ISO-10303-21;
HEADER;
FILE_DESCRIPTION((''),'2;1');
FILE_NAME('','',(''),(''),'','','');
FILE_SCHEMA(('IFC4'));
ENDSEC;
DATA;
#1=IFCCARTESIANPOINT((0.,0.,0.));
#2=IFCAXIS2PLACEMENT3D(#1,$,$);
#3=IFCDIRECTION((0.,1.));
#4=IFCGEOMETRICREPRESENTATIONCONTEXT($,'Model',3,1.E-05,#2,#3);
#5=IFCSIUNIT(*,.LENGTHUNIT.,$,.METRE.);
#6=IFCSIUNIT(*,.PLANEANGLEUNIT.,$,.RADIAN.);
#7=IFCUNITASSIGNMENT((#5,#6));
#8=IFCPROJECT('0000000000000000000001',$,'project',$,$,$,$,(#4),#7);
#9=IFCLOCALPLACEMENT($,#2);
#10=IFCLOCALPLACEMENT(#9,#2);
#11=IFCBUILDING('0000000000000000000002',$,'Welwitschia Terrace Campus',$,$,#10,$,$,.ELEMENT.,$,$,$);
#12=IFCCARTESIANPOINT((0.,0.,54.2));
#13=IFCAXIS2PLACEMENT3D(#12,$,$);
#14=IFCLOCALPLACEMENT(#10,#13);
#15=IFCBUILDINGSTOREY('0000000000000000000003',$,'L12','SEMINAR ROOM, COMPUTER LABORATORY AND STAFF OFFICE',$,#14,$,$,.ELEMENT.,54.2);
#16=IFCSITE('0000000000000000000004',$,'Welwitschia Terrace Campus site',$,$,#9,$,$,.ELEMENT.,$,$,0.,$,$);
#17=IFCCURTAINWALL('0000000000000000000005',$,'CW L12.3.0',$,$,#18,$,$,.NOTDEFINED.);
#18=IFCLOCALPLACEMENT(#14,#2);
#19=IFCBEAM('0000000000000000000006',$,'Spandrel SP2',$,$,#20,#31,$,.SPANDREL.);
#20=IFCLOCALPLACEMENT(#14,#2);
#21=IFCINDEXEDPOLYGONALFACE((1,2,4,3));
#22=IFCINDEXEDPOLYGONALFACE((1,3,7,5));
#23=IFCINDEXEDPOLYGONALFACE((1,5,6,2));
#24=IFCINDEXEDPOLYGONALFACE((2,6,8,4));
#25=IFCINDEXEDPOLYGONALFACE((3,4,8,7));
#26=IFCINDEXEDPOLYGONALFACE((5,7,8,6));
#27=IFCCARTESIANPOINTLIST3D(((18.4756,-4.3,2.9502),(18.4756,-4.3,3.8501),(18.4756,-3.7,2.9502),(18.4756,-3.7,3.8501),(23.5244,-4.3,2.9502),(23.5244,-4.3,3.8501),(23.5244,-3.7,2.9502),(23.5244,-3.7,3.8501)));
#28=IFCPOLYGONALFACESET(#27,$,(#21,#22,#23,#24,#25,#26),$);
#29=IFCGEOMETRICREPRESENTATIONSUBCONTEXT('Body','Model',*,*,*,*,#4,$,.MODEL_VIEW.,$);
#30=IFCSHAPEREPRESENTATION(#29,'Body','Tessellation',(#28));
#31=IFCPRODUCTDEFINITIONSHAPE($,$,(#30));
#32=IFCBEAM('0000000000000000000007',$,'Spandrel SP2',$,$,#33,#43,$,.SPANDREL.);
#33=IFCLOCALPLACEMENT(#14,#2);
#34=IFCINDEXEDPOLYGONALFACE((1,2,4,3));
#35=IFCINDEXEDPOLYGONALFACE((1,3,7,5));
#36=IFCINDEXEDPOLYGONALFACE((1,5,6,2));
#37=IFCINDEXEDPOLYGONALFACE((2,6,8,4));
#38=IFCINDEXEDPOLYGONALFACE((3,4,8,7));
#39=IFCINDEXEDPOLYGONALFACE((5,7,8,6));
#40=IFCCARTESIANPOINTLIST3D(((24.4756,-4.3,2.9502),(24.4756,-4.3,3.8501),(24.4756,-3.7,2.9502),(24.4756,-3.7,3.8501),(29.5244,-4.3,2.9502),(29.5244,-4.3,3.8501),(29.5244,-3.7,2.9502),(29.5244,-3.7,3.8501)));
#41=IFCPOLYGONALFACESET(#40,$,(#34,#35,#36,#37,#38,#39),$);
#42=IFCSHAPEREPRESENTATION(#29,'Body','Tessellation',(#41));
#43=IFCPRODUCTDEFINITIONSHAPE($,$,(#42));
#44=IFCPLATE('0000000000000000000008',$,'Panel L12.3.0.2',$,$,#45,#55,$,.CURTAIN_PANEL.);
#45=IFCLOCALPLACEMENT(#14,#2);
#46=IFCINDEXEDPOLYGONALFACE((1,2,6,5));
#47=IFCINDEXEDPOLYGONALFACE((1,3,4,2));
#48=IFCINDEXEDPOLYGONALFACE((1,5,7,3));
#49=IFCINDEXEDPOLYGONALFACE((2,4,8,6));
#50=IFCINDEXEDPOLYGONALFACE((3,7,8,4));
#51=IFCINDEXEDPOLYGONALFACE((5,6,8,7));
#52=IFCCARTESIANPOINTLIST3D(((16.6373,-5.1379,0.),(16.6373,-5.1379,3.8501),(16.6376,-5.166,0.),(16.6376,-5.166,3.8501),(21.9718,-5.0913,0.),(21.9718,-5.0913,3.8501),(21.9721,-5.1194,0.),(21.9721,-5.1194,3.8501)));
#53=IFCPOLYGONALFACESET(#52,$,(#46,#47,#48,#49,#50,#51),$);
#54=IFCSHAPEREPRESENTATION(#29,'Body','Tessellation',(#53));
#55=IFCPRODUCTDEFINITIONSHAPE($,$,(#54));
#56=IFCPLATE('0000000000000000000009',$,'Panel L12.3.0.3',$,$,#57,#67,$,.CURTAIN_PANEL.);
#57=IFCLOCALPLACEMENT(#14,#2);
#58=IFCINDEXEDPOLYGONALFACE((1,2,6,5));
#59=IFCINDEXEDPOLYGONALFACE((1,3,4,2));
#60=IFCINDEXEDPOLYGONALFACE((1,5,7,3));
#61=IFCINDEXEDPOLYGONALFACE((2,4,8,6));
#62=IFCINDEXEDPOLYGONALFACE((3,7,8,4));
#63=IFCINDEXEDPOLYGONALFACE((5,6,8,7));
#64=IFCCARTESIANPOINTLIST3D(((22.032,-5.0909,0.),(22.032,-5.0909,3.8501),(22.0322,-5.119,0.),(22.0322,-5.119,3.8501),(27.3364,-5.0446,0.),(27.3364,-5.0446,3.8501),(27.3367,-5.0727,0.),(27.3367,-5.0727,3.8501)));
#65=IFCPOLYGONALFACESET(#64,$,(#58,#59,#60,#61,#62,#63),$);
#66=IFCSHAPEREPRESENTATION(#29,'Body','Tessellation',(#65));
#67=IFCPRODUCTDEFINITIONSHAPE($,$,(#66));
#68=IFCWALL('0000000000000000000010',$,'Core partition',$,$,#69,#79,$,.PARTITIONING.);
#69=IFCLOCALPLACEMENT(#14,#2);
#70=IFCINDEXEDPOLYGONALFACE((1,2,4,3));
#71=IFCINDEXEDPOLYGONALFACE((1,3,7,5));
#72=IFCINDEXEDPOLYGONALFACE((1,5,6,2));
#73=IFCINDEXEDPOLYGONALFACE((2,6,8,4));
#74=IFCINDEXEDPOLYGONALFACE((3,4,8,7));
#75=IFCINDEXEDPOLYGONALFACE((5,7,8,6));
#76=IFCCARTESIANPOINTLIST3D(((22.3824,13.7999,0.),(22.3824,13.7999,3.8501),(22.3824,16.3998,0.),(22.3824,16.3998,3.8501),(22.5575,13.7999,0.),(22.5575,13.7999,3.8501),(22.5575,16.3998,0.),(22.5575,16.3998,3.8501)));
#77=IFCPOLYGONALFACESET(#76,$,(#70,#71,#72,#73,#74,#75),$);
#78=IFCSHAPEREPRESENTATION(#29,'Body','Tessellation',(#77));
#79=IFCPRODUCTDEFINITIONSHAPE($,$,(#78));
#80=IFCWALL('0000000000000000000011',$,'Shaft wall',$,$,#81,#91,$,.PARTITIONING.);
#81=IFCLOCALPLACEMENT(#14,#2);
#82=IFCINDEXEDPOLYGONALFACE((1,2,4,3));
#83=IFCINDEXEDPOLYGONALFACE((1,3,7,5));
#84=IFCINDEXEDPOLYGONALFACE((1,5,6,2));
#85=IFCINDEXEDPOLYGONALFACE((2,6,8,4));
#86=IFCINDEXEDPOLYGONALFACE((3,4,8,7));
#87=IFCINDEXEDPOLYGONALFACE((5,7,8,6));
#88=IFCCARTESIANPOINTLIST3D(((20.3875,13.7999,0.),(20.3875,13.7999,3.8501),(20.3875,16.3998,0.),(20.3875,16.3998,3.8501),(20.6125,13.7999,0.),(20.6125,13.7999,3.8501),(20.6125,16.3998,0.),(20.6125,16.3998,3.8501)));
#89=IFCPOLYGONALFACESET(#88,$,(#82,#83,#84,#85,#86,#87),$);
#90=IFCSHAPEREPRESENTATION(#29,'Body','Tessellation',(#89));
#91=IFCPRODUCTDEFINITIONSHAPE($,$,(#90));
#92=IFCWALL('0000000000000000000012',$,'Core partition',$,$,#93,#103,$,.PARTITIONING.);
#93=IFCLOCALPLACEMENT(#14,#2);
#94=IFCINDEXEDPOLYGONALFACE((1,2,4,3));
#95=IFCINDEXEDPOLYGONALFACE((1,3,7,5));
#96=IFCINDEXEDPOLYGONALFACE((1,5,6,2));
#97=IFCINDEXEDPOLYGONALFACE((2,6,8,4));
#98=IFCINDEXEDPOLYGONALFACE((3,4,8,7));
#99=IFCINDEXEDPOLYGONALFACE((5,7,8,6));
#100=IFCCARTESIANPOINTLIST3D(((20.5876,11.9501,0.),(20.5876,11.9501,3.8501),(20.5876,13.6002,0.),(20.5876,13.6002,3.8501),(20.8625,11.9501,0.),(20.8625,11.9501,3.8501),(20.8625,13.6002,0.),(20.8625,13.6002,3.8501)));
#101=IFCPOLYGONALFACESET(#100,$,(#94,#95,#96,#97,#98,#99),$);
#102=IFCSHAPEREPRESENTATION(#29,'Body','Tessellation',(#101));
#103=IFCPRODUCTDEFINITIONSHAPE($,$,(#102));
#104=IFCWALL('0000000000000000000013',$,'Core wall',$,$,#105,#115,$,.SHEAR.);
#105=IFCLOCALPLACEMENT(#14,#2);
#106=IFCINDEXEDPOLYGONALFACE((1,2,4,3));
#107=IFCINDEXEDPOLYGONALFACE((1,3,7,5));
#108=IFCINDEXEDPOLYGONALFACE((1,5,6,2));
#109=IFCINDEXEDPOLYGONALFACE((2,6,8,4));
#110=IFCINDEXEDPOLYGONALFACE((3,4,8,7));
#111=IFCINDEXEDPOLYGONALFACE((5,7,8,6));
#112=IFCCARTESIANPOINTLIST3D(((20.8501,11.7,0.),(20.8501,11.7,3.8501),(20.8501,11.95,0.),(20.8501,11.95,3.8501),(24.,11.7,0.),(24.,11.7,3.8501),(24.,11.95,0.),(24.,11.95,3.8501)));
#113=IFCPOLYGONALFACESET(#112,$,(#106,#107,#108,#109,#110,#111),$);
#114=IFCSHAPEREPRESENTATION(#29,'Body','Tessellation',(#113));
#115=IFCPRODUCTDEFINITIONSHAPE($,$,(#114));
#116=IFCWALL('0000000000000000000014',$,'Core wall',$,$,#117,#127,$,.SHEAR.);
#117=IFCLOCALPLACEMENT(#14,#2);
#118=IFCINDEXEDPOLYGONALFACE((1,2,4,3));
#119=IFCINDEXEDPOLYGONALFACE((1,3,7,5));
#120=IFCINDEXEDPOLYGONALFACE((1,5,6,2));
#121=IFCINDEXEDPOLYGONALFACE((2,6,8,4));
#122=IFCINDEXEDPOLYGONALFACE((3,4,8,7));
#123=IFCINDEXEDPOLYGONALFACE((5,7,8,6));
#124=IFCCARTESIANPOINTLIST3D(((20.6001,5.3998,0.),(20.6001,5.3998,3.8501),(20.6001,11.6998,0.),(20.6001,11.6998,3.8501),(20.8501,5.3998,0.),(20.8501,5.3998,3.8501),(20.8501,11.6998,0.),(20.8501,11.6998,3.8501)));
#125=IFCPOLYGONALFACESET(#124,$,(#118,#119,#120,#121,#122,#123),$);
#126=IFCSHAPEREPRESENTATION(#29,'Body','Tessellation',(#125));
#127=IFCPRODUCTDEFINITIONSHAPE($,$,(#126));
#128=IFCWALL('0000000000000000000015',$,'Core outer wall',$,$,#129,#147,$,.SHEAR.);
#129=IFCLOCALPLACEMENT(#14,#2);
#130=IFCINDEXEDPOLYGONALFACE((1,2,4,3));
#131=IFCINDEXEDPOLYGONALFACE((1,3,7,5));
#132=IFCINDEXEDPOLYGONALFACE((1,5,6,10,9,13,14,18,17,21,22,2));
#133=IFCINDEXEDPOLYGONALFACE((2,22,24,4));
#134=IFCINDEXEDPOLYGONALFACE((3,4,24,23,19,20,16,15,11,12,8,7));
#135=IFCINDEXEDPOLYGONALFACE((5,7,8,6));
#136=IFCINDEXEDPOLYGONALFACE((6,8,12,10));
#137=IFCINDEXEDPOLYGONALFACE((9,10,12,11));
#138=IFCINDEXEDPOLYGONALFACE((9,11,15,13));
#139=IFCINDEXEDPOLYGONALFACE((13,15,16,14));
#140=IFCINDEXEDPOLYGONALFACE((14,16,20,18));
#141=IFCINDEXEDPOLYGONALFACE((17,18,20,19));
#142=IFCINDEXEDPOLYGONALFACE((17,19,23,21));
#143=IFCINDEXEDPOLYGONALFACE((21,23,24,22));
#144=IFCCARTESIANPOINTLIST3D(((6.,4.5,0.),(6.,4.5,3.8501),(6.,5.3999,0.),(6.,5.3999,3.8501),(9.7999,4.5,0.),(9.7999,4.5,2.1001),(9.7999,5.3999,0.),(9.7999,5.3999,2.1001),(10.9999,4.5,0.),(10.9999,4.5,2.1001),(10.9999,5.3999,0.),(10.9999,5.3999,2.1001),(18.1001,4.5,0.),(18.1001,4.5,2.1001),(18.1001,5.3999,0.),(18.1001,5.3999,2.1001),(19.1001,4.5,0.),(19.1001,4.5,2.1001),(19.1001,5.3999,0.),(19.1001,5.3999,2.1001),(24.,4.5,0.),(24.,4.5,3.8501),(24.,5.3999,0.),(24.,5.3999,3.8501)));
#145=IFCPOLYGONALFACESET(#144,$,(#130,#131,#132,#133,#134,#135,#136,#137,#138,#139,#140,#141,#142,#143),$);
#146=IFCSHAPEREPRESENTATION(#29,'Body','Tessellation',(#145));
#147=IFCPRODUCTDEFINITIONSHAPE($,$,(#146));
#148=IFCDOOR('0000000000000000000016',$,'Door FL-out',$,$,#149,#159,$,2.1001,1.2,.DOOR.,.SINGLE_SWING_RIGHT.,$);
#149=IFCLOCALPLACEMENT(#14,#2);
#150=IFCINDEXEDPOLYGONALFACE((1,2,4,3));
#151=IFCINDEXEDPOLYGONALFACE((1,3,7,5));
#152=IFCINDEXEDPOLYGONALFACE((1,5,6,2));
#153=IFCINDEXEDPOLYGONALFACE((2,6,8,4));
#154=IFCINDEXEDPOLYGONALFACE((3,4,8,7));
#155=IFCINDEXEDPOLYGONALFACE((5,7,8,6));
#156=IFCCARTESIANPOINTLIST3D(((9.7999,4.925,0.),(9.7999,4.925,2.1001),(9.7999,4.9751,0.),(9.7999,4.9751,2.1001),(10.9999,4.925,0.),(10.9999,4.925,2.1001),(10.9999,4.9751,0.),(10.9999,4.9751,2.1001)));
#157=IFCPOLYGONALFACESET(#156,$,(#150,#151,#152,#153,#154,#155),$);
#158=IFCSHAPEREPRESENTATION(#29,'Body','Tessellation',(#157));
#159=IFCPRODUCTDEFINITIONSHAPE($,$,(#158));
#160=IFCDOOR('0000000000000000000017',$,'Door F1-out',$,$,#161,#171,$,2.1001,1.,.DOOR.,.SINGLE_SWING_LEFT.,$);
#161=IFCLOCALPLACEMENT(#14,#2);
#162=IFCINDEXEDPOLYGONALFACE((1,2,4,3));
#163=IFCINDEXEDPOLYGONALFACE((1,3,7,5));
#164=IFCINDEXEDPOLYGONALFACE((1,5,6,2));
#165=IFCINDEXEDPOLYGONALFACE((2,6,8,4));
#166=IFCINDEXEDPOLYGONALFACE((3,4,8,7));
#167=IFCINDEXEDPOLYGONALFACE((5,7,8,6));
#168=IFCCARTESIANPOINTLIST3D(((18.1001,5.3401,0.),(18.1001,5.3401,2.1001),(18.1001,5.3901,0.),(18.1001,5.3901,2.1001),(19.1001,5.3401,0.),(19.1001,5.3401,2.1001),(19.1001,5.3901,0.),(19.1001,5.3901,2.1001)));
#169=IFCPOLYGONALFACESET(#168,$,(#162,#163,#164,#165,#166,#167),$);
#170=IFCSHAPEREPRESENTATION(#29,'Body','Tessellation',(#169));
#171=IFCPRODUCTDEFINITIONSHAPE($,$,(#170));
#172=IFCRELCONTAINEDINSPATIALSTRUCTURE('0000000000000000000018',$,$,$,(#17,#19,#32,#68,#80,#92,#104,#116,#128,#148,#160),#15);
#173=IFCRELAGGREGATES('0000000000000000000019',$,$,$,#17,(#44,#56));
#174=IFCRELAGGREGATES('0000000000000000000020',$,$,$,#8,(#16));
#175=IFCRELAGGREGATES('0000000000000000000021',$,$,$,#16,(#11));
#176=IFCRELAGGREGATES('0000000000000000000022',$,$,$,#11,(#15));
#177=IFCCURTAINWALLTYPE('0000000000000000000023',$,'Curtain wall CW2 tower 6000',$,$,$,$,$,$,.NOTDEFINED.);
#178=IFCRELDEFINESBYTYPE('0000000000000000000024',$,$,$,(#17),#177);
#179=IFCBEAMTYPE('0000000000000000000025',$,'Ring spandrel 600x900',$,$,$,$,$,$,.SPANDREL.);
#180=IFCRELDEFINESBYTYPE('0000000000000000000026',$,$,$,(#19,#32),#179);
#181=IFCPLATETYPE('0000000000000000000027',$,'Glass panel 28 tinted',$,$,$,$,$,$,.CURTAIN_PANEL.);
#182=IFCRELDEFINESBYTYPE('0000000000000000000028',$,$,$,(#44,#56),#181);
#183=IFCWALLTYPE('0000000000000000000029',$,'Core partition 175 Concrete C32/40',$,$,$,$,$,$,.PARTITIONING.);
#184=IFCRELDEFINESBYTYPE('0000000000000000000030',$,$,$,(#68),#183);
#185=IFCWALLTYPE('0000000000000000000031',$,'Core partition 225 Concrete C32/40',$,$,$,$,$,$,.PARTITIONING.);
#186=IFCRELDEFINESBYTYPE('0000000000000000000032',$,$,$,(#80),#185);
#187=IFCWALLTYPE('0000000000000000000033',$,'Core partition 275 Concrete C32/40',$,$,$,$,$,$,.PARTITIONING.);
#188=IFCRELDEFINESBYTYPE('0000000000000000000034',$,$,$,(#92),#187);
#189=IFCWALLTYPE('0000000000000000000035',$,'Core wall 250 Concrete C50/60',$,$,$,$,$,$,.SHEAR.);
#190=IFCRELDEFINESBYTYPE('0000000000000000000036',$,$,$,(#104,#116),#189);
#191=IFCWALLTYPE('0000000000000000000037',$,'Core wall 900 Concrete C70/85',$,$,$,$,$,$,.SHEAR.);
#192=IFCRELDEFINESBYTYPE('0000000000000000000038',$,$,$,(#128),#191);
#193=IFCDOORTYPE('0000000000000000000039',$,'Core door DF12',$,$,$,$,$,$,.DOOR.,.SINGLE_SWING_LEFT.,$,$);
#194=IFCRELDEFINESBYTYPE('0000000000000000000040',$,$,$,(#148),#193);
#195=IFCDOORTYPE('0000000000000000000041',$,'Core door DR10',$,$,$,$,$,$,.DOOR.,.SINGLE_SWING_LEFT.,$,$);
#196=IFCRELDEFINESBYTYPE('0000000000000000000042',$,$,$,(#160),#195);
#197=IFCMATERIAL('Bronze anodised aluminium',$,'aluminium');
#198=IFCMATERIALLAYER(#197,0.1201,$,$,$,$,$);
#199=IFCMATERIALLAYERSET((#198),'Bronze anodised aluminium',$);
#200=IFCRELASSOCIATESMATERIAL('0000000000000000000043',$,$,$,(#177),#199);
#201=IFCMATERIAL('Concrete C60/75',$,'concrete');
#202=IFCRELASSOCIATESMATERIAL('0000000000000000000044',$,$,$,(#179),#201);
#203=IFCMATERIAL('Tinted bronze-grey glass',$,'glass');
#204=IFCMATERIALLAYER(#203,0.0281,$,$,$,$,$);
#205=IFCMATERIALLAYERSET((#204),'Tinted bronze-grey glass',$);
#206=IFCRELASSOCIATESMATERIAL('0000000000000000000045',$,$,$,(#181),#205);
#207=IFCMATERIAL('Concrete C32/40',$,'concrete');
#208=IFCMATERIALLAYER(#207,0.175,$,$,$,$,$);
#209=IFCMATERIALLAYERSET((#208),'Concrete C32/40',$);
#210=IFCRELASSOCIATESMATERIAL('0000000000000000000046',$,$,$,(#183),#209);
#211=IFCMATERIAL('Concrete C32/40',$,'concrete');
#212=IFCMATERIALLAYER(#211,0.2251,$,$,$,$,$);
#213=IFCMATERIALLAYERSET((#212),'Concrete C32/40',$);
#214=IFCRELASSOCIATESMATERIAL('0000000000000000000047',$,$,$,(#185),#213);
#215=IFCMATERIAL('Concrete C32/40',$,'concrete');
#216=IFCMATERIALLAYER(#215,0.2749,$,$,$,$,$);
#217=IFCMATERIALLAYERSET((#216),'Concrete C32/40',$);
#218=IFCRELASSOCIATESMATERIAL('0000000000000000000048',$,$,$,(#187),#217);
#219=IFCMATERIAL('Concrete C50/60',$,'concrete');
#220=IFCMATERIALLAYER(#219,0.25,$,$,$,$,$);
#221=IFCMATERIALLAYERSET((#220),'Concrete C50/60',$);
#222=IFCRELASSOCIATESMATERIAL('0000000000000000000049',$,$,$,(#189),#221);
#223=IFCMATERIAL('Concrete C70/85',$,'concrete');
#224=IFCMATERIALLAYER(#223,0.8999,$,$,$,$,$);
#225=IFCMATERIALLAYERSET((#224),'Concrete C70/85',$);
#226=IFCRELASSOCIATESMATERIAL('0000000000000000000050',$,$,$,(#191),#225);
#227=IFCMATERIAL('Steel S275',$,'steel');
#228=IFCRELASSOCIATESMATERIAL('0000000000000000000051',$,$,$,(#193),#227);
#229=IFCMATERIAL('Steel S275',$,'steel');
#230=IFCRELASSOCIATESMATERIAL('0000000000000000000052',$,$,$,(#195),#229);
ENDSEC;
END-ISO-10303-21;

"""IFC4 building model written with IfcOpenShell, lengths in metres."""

from ifc_helpers import new_model, si_unit, direction, frame, frame_2d, origin, origin_2d, place, context, subcontext, project, spatial, rectangle, extrude, material, layer, layer_set, material_profile, profile_set, type_object, element, fill, aggregate, save


model = new_model("IFC4")

# Units and contexts
model_context = context("Model", 3, precision=1e-05, world=origin(), true_north=direction((0.0, 1.0)))
body_context = subcontext(model_context, "Body", "Model", "MODEL_VIEW")
ifc_project = project(units=[si_unit("LENGTHUNIT", "METRE"), si_unit("PLANEANGLEUNIT", "RADIAN")], contexts=[model_context])

# Site, building, storey
site_placement = place(None, origin())
site = spatial("IfcSite", under=ifc_project, at=site_placement, Name="Welwitschia Terrace Campus site", CompositionType="ELEMENT", RefElevation=0.0)
building_placement = place(site_placement, origin())
building = spatial("IfcBuilding", under=site, at=building_placement, Name="Welwitschia Terrace Campus", CompositionType="ELEMENT")
storey_placement = place(building_placement, frame((0.0, 0.0, 54.2)))
storey = spatial("IfcBuildingStorey", under=building, at=storey_placement, Name="L12", Description="SEMINAR ROOM, COMPUTER LABORATORY AND STAFF OFFICE", CompositionType="ELEMENT", Elevation=54.2)

# Curtain wall
ifc_material_1 = material(Name="Bronze anodised aluminium", Category="aluminium")
ifc_layer_1 = layer(ifc_material_1, 0.1201)
ifc_layer_set_1 = layer_set([ifc_layer_1], Name="Bronze anodised aluminium")
curtain_wall_type = type_object("IfcCurtainWallType", Name="Curtain wall CW2 tower 6000", PredefinedType="NOTDEFINED", material=ifc_layer_set_1)
curtain_wall_placement = place(storey_placement, origin())
curtain_wall = element("IfcCurtainWall", 1, at=curtain_wall_placement, inside=storey, type_object=curtain_wall_type, Name="CW L12.3.0", PredefinedType="NOTDEFINED")

# Beams
ifc_material_2 = material(Name="Concrete C60/75", Category="concrete")
ifc_material_profile_1 = material_profile(ifc_material_2, rectangle(XDim=0.6001, YDim=0.8999, at=origin_2d()))
ifc_profile_set_1 = profile_set([ifc_material_profile_1], Name="Concrete C60/75")
beam_type_1 = type_object("IfcBeamType", Name="Ring spandrel 600x900", PredefinedType="SPANDREL", material=ifc_profile_set_1)
for number, where, z_axis, x_axis, name in (
    (2, (18.4756, -4.0, 3.4001), (1.0, 0.0, 0.0), (0.0, 1.0, 0.0), "Spandrel SP2"),
    (3, (24.4756, -4.0, 3.4001), (1.0, 0.0, 0.0), (0.0, 1.0, 0.0), "Spandrel SP2"),
):
    element("IfcBeam", number, at=place(storey_placement, frame(where, z_axis=z_axis, x_axis=x_axis)), inside=storey, type_object=beam_type_1, Name=name, PredefinedType="SPANDREL", context=body_context, shape_type="SweptSolid", body=[
        extrude(rectangle(XDim=0.6001, YDim=0.8999, at=origin_2d()), origin(), (0.0, 0.0, 1.0), 5.0488),
    ])

# Plates
ifc_material_3 = material(Name="Tinted bronze-grey glass", Category="glass")
ifc_layer_2 = layer(ifc_material_3, 0.0281)
ifc_layer_set_2 = layer_set([ifc_layer_2], Name="Tinted bronze-grey glass")
plate_type = type_object("IfcPlateType", Name="Glass panel 28 tinted", PredefinedType="CURTAIN_PANEL", material=ifc_layer_set_2)
plate_1_placement = place(storey_placement, frame((19.3047, -5.1287, 0.0), z_axis=(0.0, 0.0, 1.0), x_axis=(0.999962, 0.008727, 0.0)))
plate_1 = element("IfcPlate", 4, at=plate_1_placement, type_object=plate_type, Name="Panel L12.3.0.2", PredefinedType="CURTAIN_PANEL", context=body_context, shape_type="SweptSolid", body=[
    extrude(rectangle(XDim=5.3347, YDim=0.0281, at=origin_2d()), origin(), (0.0, 0.0, 1.0), 3.8501),
])
plate_2_placement = place(storey_placement, frame((24.6843, -5.0818, 0.0), z_axis=(0.0, 0.0, 1.0), x_axis=(0.999962, 0.008727, 0.0)))
plate_2 = element("IfcPlate", 5, at=plate_2_placement, type_object=plate_type, Name="Panel L12.3.0.3", PredefinedType="CURTAIN_PANEL", context=body_context, shape_type="SweptSolid", body=[
    extrude(rectangle(XDim=5.3047, YDim=0.0281, at=origin_2d()), origin(), (0.0, 0.0, 1.0), 3.8501),
])
aggregate(curtain_wall, [plate_1, plate_2])

# Walls
ifc_material_4 = material(Name="Concrete C32/40", Category="concrete")
ifc_layer_3 = layer(ifc_material_4, 0.175)
ifc_layer_set_3 = layer_set([ifc_layer_3], Name="Concrete C32/40")
wall_type_1 = type_object("IfcWallType", Name="Core partition 175 Concrete C32/40", PredefinedType="PARTITIONING", material=ifc_layer_set_3)
wall_1_placement = place(storey_placement, frame((22.47, 13.8, 0.0), z_axis=(0.0, 0.0, 1.0), x_axis=(0.0, 1.0, 0.0)))
element("IfcWall", 6, at=wall_1_placement, inside=storey, type_object=wall_type_1, Name="Core partition", PredefinedType="PARTITIONING", context=body_context, shape_type="SweptSolid", body=[
    extrude(rectangle(XDim=2.5999, YDim=0.175, at=frame_2d((1.2998, 0.0))), origin(), (0.0, 0.0, 1.0), 3.8501),
])
ifc_material_5 = material(Name="Concrete C32/40", Category="concrete")
ifc_layer_4 = layer(ifc_material_5, 0.2251)
ifc_layer_set_4 = layer_set([ifc_layer_4], Name="Concrete C32/40")
wall_type_2 = type_object("IfcWallType", Name="Core partition 225 Concrete C32/40", PredefinedType="PARTITIONING", material=ifc_layer_set_4)
wall_2_placement = place(storey_placement, frame((20.5, 13.8, 0.0), z_axis=(0.0, 0.0, 1.0), x_axis=(0.0, 1.0, 0.0)))
element("IfcWall", 7, at=wall_2_placement, inside=storey, type_object=wall_type_2, Name="Shaft wall", PredefinedType="PARTITIONING", context=body_context, shape_type="SweptSolid", body=[
    extrude(rectangle(XDim=2.5999, YDim=0.2251, at=frame_2d((1.2998, 0.0))), origin(), (0.0, 0.0, 1.0), 3.8501),
])
ifc_material_6 = material(Name="Concrete C32/40", Category="concrete")
ifc_layer_5 = layer(ifc_material_6, 0.2749)
ifc_layer_set_5 = layer_set([ifc_layer_5], Name="Concrete C32/40")
wall_type_3 = type_object("IfcWallType", Name="Core partition 275 Concrete C32/40", PredefinedType="PARTITIONING", material=ifc_layer_set_5)
wall_3_placement = place(storey_placement, frame((20.7251, 11.95, 0.0), z_axis=(0.0, 0.0, 1.0), x_axis=(0.0, 1.0, 0.0)))
element("IfcWall", 8, at=wall_3_placement, inside=storey, type_object=wall_type_3, Name="Core partition", PredefinedType="PARTITIONING", context=body_context, shape_type="SweptSolid", body=[
    extrude(rectangle(XDim=1.6501, YDim=0.2749, at=frame_2d((0.8252, 0.0))), origin(), (0.0, 0.0, 1.0), 3.8501),
])
ifc_material_7 = material(Name="Concrete C50/60", Category="concrete")
ifc_layer_6 = layer(ifc_material_7, 0.25)
ifc_layer_set_6 = layer_set([ifc_layer_6], Name="Concrete C50/60")
wall_type_4 = type_object("IfcWallType", Name="Core wall 250 Concrete C50/60", PredefinedType="SHEAR", material=ifc_layer_set_6)
wall_4_placement = place(storey_placement, frame((20.8501, 11.825, 0.0), z_axis=(0.0, 0.0, 1.0), x_axis=(1.0, 0.0, 0.0)))
element("IfcWall", 9, at=wall_4_placement, inside=storey, type_object=wall_type_4, Name="Core wall", PredefinedType="SHEAR", context=body_context, shape_type="SweptSolid", body=[
    extrude(rectangle(XDim=3.1499, YDim=0.25, at=frame_2d((1.575, 0.0))), origin(), (0.0, 0.0, 1.0), 3.8501),
])
wall_5_placement = place(storey_placement, frame((20.7251, 5.3999, 0.0), z_axis=(0.0, 0.0, 1.0), x_axis=(0.0, 1.0, 0.0)))
element("IfcWall", 10, at=wall_5_placement, inside=storey, type_object=wall_type_4, Name="Core wall", PredefinedType="SHEAR", context=body_context, shape_type="SweptSolid", body=[
    extrude(rectangle(XDim=6.3, YDim=0.25, at=frame_2d((3.1499, 0.0))), origin(), (0.0, 0.0, 1.0), 3.8501),
])

# Wall, openings, doors
ifc_material_8 = material(Name="Concrete C70/85", Category="concrete")
ifc_layer_7 = layer(ifc_material_8, 0.8999)
ifc_layer_set_7 = layer_set([ifc_layer_7], Name="Concrete C70/85")
wall_type_5 = type_object("IfcWallType", Name="Core wall 900 Concrete C70/85", PredefinedType="SHEAR", material=ifc_layer_set_7)
wall_6_placement = place(storey_placement, frame((24.0, 4.95, 0.0), z_axis=(0.0, 0.0, 1.0), x_axis=(-1.0, 0.0, 0.0)))
wall_6 = element("IfcWall", 11, at=wall_6_placement, inside=storey, type_object=wall_type_5, Name="Core outer wall", PredefinedType="SHEAR", context=body_context, shape_type="SweptSolid", body=[
    extrude(rectangle(XDim=18.0, YDim=0.8999, at=frame_2d((9.0, 0.0))), origin(), (0.0, 0.0, 1.0), 3.8501),
])
opening_1_placement = place(wall_6_placement, frame((13.0, 0.0, 0.0)))
opening_1 = element("IfcOpeningElement", 12, at=opening_1_placement, cuts=wall_6, PredefinedType="OPENING", context=body_context, shape_type="SweptSolid", body=[
    extrude(rectangle(XDim=1.2, YDim=2.1001, at=frame_2d((0.6001, 1.05))), frame((0.0, 0.46, 0.0), z_axis=(0.0, -1.0, 0.0), x_axis=(1.0, 0.0, 0.0)), (0.0, 0.0, 1.0), 0.9199),
])
opening_2_placement = place(wall_6_placement, frame((4.8999, 0.0, 0.0)))
opening_2 = element("IfcOpeningElement", 13, at=opening_2_placement, cuts=wall_6, PredefinedType="OPENING", context=body_context, shape_type="SweptSolid", body=[
    extrude(rectangle(XDim=1.0, YDim=2.1001, at=frame_2d((0.5, 1.05))), frame((0.0, 0.46, 0.0), z_axis=(0.0, -1.0, 0.0), x_axis=(1.0, 0.0, 0.0)), (0.0, 0.0, 1.0), 0.9199),
])
ifc_material_9 = material(Name="Steel S275", Category="steel")
door_type_1 = type_object("IfcDoorType", Name="Core door DF12", OperationType="SINGLE_SWING_LEFT", PredefinedType="DOOR", material=ifc_material_9)
door_1_placement = place(opening_1_placement, origin())
door_1 = element("IfcDoor", 14, at=door_1_placement, inside=storey, type_object=door_type_1, Name="Door FL-out", OperationType="SINGLE_SWING_RIGHT", OverallHeight=2.1001, OverallWidth=1.2, PredefinedType="DOOR", context=body_context, shape_type="SweptSolid", body=[
    extrude(rectangle(XDim=1.2, YDim=2.1001, at=frame_2d((0.6001, 1.05))), frame((0.0, 0.0249, 0.0), z_axis=(0.0, -1.0, 0.0), x_axis=(1.0, 0.0, 0.0)), (0.0, 0.0, 1.0), 0.05),
])
fill(opening_1, door_1)
ifc_material_10 = material(Name="Steel S275", Category="steel")
door_type_2 = type_object("IfcDoorType", Name="Core door DR10", OperationType="SINGLE_SWING_LEFT", PredefinedType="DOOR", material=ifc_material_10)
door_2_placement = place(opening_2_placement, origin())
door_2 = element("IfcDoor", 15, at=door_2_placement, inside=storey, type_object=door_type_2, Name="Door F1-out", OperationType="SINGLE_SWING_LEFT", OverallHeight=2.1001, OverallWidth=1.0, PredefinedType="DOOR", context=body_context, shape_type="SweptSolid", body=[
    extrude(rectangle(XDim=1.0, YDim=2.1001, at=frame_2d((0.5, 1.05))), frame((0.0, -0.3901, 0.0), z_axis=(0.0, -1.0, 0.0), x_axis=(1.0, 0.0, 0.0)), (0.0, 0.0, 1.0), 0.05),
])
fill(opening_2, door_2)

save(model, "model.ifc")
